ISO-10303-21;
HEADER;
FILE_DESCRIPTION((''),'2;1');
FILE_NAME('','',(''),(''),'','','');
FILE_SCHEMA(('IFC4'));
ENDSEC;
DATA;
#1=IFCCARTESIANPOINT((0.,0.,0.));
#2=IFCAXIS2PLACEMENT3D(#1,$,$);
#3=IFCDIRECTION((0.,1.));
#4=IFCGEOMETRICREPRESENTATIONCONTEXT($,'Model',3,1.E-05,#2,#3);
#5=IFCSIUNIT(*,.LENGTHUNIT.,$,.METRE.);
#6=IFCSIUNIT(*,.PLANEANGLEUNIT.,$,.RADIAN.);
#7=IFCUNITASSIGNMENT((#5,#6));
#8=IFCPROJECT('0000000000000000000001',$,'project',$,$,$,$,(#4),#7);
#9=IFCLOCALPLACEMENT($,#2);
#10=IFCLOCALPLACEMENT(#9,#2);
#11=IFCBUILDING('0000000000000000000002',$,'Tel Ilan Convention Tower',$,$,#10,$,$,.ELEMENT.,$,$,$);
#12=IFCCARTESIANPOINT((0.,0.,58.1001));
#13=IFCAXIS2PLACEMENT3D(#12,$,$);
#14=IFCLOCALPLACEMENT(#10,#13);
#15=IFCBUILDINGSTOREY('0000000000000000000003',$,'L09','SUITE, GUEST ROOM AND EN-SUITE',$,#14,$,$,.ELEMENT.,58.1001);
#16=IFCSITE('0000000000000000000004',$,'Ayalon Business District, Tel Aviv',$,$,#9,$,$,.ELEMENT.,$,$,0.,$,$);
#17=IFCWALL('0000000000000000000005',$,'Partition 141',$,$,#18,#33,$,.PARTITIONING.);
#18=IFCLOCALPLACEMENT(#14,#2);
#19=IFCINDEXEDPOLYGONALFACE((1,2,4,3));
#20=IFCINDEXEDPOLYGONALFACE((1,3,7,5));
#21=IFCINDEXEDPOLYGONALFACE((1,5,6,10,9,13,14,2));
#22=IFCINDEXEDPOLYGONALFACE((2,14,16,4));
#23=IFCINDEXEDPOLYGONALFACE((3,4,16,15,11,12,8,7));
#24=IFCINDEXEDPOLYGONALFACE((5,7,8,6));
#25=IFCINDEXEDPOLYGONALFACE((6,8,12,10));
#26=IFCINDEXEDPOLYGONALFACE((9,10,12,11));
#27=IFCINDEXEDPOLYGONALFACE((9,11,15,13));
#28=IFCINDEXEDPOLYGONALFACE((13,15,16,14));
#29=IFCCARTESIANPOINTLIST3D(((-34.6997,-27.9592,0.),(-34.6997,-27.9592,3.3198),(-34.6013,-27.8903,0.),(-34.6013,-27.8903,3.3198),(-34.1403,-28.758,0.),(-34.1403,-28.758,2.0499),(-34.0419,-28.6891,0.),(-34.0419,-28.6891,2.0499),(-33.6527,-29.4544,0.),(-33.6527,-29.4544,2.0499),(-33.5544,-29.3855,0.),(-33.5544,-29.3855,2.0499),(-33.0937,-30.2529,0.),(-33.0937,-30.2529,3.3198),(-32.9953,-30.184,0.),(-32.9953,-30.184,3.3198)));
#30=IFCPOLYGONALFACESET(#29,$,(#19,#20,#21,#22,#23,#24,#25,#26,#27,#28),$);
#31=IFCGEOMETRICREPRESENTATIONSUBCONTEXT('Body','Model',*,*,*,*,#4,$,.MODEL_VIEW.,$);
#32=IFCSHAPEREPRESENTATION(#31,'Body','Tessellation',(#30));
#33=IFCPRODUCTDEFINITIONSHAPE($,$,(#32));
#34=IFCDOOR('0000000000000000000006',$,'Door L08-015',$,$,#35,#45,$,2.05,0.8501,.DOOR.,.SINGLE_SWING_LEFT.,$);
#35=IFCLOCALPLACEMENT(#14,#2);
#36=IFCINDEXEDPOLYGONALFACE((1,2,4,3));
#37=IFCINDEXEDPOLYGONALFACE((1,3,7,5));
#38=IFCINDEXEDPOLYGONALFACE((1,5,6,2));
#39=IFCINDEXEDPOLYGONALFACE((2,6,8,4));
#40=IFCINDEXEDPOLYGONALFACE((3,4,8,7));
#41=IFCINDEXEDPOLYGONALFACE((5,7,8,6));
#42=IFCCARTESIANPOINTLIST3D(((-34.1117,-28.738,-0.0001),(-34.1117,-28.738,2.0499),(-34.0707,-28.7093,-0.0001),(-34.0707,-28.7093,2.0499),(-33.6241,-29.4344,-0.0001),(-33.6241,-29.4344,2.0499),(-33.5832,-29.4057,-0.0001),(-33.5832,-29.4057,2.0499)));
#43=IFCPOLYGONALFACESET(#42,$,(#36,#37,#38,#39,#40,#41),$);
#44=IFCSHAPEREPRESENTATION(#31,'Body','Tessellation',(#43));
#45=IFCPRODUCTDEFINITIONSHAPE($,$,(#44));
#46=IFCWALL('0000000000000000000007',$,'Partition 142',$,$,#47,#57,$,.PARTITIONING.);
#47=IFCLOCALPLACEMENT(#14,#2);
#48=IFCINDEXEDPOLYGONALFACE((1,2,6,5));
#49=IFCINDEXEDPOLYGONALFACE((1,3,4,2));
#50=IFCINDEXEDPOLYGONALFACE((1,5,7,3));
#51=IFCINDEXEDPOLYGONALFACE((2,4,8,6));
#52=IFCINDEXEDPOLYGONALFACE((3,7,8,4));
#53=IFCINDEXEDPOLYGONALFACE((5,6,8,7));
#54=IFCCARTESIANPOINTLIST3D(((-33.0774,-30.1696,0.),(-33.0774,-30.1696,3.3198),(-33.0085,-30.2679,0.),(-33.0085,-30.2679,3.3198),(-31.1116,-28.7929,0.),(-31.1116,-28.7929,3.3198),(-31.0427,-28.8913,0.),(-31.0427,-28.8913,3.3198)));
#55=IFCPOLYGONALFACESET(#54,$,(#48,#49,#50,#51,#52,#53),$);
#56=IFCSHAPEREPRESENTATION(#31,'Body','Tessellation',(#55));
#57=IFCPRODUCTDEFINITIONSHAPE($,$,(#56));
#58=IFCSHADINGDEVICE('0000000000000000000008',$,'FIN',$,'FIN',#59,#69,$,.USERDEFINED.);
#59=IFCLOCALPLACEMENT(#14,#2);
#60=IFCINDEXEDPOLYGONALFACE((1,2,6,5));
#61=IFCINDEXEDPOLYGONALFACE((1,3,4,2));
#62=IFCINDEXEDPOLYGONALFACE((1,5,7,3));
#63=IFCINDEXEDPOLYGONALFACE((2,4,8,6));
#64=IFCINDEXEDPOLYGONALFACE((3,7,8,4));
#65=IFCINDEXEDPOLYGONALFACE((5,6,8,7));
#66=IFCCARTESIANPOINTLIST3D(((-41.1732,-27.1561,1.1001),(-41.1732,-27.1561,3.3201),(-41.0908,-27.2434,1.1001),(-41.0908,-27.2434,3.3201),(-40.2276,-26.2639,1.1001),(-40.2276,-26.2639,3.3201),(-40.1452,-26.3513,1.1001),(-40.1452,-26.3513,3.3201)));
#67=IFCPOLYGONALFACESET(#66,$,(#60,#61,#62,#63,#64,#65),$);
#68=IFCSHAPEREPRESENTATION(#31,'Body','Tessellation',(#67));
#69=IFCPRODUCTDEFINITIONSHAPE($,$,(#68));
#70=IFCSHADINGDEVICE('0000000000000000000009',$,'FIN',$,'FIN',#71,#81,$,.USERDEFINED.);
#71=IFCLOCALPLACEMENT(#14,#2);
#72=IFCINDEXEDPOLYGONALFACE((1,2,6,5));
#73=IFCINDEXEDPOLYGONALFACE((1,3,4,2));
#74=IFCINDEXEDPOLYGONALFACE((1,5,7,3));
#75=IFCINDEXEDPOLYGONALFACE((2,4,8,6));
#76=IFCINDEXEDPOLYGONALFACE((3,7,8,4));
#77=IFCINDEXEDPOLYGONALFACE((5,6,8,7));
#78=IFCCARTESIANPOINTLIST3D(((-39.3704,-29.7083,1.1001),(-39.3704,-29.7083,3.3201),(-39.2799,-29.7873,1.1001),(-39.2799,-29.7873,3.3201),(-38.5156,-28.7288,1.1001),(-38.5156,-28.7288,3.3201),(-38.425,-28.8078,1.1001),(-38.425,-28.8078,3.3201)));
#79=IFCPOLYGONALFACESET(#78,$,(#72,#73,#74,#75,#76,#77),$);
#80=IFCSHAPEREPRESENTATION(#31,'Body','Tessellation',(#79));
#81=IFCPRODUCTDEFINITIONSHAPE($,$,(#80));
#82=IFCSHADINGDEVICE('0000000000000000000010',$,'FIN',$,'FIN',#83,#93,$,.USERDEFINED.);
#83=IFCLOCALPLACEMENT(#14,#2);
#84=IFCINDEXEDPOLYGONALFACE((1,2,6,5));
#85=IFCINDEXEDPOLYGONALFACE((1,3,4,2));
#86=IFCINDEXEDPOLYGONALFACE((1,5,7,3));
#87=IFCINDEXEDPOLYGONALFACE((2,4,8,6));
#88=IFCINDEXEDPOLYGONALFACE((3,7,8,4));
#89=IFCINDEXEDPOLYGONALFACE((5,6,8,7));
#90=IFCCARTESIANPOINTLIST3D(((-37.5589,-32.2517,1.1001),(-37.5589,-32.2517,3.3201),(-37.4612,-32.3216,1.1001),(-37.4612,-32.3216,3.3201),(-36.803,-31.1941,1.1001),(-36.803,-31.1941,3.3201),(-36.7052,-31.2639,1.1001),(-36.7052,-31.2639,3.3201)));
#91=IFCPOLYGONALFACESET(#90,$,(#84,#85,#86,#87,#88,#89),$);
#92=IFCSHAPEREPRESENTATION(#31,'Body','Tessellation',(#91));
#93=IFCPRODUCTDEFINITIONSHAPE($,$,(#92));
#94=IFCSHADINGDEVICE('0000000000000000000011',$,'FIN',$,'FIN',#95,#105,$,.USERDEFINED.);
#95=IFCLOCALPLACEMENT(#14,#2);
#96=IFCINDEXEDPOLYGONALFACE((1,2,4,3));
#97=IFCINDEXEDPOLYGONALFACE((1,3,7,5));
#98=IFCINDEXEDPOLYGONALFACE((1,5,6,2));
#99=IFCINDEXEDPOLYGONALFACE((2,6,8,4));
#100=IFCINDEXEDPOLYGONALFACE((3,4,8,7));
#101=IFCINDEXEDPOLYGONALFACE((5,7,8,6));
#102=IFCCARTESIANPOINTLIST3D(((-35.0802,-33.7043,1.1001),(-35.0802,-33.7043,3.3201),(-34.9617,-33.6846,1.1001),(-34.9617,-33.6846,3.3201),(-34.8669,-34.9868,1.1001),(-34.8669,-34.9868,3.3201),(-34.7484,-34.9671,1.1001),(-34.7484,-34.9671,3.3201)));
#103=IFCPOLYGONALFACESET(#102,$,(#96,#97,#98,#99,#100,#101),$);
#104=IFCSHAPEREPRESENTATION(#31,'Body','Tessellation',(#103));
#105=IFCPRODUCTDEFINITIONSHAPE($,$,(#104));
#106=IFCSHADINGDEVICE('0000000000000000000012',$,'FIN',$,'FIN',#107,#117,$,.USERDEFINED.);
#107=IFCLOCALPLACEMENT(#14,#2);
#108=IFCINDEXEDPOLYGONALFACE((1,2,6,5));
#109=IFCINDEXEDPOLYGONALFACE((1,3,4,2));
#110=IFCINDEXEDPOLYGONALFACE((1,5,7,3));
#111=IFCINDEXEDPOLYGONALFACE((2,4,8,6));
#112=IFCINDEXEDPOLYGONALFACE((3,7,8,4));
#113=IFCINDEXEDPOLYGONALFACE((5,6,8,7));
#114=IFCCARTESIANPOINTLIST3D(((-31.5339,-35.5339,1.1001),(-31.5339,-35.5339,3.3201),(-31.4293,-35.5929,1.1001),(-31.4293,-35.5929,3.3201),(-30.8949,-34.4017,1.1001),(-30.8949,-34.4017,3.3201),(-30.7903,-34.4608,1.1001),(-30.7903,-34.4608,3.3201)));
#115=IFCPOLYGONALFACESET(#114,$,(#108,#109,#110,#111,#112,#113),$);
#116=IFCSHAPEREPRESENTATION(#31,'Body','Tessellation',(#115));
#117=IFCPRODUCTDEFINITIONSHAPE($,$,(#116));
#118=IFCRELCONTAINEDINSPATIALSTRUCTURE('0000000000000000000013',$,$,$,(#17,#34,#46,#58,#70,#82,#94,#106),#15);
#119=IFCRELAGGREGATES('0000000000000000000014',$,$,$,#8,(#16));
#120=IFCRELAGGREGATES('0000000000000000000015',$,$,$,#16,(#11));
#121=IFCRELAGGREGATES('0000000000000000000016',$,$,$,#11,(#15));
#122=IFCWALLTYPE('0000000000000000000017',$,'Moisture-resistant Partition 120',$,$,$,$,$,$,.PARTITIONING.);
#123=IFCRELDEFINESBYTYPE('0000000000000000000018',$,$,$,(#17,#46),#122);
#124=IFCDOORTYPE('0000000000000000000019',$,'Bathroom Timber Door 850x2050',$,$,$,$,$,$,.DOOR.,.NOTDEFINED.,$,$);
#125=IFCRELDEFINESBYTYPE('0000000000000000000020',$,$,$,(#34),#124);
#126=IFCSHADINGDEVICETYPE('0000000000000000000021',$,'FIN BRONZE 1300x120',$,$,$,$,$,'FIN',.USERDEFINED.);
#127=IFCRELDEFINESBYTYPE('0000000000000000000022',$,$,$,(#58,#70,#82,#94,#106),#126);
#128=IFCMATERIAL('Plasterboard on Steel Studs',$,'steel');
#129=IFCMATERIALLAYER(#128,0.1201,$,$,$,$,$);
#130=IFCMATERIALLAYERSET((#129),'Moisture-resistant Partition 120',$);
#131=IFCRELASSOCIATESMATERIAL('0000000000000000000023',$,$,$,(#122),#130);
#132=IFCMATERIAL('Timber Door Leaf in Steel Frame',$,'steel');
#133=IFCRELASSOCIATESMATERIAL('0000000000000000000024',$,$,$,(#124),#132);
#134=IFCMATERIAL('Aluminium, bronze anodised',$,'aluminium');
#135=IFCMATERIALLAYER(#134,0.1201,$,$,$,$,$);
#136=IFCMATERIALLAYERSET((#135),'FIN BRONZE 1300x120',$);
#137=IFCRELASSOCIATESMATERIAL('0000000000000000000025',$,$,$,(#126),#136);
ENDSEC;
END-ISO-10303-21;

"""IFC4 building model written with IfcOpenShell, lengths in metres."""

from ifc_helpers import new_model, si_unit, direction, frame, frame_2d, origin, origin_2d, place, context, subcontext, project, spatial, rectangle, extrude, material, layer, layer_set, type_object, element, fill, save


model = new_model("IFC4")

# Units and contexts
model_context = context("Model", 3, precision=1e-05, world=origin(), true_north=direction((0.0, 1.0)))
body_context = subcontext(model_context, "Body", "Model", "MODEL_VIEW")
ifc_project = project(units=[si_unit("LENGTHUNIT", "METRE"), si_unit("PLANEANGLEUNIT", "RADIAN")], contexts=[model_context])

# Site, building, storey
site_placement = place(None, origin())
site = spatial("IfcSite", under=ifc_project, at=site_placement, Name="Ayalon Business District, Tel Aviv", CompositionType="ELEMENT", RefElevation=0.0)
building_placement = place(site_placement, origin())
building = spatial("IfcBuilding", under=site, at=building_placement, Name="Tel Ilan Convention Tower", CompositionType="ELEMENT")
storey_placement = place(building_placement, frame((0.0, 0.0, 58.1001)))
storey = spatial("IfcBuildingStorey", under=building, at=storey_placement, Name="L09", Description="SUITE, GUEST ROOM AND EN-SUITE", CompositionType="ELEMENT", Elevation=58.1001)

# Wall, opening, door
ifc_material_1 = material(Name="Plasterboard on Steel Studs", Category="steel")
ifc_layer_1 = layer(ifc_material_1, 0.1201)
ifc_layer_set_1 = layer_set([ifc_layer_1], Name="Moisture-resistant Partition 120")
wall_type_1 = type_object("IfcWallType", Name="Moisture-resistant Partition 120", PredefinedType="PARTITIONING", material=ifc_layer_set_1)
wall_1_placement = place(storey_placement, frame((-34.6504, -27.9248, 0.0), z_axis=(0.0, 0.0, 1.0), x_axis=(0.57355, -0.81917, 0.0)))
wall_1 = element("IfcWall", 1, at=wall_1_placement, inside=storey, type_object=wall_type_1, Name="Partition 141", PredefinedType="PARTITIONING", context=body_context, shape_type="SweptSolid", body=[
    extrude(rectangle(XDim=2.8, YDim=0.1201, at=frame_2d((1.3999, 0.0))), origin(), (0.0, 0.0, 1.0), 3.3198),
])
opening_1_placement = place(wall_1_placement, frame((0.9751, 0.0, 0.0)))
opening_1 = element("IfcOpeningElement", 2, at=opening_1_placement, cuts=wall_1, PredefinedType="OPENING", context=body_context, shape_type="SweptSolid", body=[
    extrude(rectangle(XDim=0.8501, YDim=2.05, at=frame_2d((0.425, 1.0249))), frame((0.0, 0.0701, 0.0), z_axis=(0.0, -1.0, 0.0), x_axis=(1.0, 0.0, 0.0)), (0.0, 0.0, 1.0), 0.1401),
])
ifc_material_2 = material(Name="Timber Door Leaf in Steel Frame", Category="steel")
door_type_1 = type_object("IfcDoorType", Name="Bathroom Timber Door 850x2050", OperationType="NOTDEFINED", PredefinedType="DOOR", material=ifc_material_2)
door_1_placement = place(opening_1_placement, origin())
door_1 = element("IfcDoor", 3, at=door_1_placement, inside=storey, type_object=door_type_1, Name="Door L08-015", OperationType="SINGLE_SWING_LEFT", OverallHeight=2.05, OverallWidth=0.8501, PredefinedType="DOOR", context=body_context, shape_type="SweptSolid", body=[
    extrude(rectangle(XDim=0.8501, YDim=2.05, at=frame_2d((0.425, 1.0249))), frame((0.0, 0.0249, 0.0), z_axis=(0.0, -1.0, 0.0), x_axis=(1.0, 0.0, 0.0)), (0.0, 0.0, 1.0), 0.05),
])
fill(opening_1, door_1)

# Wall
wall_2_placement = place(storey_placement, frame((-33.043, -30.2188, 0.0), z_axis=(0.0, 0.0, 1.0), x_axis=(0.819108, 0.57364, 0.0)))
element("IfcWall", 4, at=wall_2_placement, inside=storey, type_object=wall_type_1, Name="Partition 142", PredefinedType="PARTITIONING", context=body_context, shape_type="SweptSolid", body=[
    extrude(rectangle(XDim=2.3999, YDim=0.1201, at=frame_2d((1.2, 0.0))), origin(), (0.0, 0.0, 1.0), 3.3198),
])

# Shading devices
ifc_material_3 = material(Name="Aluminium, bronze anodised", Category="aluminium")
ifc_layer_2 = layer(ifc_material_3, 0.1201)
ifc_layer_set_2 = layer_set([ifc_layer_2], Name="FIN BRONZE 1300x120")
shading_device_type = type_object("IfcShadingDeviceType", Name="FIN BRONZE 1300x120", ElementType="FIN", PredefinedType="USERDEFINED", material=ifc_layer_set_2)
for number, where, z_axis, x_axis, name in (
    (5, (-40.6592, -26.7537, 1.1001), (0.0, 0.0, 1.0), (-0.727374, -0.686242, 0.0), "FIN"),
    (6, (-38.8977, -29.2581, 1.1001), (0.0, 0.0, 1.0), (-0.657521, -0.753436, 0.0), "FIN"),
    (7, (-37.1321, -31.7578, 1.1001), (0.0, 0.0, 1.0), (-0.581492, -0.813552, 0.0), "FIN"),
    (8, (-34.9143, -34.3357, 1.1001), (0.0, 0.0, 1.0), (0.164091, -0.986445, 0.0), "FIN"),
    (9, (-31.1621, -34.9973, 1.1001), (0.0, 0.0, 1.0), (-0.491579, -0.870833, 0.0), "FIN"),
):
    element("IfcShadingDevice", number, at=place(storey_placement, frame(where, z_axis=z_axis, x_axis=x_axis)), inside=storey, type_object=shading_device_type, Name=name, ObjectType="FIN", PredefinedType="USERDEFINED", context=body_context, shape_type="SweptSolid", body=[
        extrude(rectangle(XDim=1.3, YDim=0.1201, at=origin_2d()), origin(), (0.0, 0.0, 1.0), 2.22),
    ])

save(model, "model.ifc")
